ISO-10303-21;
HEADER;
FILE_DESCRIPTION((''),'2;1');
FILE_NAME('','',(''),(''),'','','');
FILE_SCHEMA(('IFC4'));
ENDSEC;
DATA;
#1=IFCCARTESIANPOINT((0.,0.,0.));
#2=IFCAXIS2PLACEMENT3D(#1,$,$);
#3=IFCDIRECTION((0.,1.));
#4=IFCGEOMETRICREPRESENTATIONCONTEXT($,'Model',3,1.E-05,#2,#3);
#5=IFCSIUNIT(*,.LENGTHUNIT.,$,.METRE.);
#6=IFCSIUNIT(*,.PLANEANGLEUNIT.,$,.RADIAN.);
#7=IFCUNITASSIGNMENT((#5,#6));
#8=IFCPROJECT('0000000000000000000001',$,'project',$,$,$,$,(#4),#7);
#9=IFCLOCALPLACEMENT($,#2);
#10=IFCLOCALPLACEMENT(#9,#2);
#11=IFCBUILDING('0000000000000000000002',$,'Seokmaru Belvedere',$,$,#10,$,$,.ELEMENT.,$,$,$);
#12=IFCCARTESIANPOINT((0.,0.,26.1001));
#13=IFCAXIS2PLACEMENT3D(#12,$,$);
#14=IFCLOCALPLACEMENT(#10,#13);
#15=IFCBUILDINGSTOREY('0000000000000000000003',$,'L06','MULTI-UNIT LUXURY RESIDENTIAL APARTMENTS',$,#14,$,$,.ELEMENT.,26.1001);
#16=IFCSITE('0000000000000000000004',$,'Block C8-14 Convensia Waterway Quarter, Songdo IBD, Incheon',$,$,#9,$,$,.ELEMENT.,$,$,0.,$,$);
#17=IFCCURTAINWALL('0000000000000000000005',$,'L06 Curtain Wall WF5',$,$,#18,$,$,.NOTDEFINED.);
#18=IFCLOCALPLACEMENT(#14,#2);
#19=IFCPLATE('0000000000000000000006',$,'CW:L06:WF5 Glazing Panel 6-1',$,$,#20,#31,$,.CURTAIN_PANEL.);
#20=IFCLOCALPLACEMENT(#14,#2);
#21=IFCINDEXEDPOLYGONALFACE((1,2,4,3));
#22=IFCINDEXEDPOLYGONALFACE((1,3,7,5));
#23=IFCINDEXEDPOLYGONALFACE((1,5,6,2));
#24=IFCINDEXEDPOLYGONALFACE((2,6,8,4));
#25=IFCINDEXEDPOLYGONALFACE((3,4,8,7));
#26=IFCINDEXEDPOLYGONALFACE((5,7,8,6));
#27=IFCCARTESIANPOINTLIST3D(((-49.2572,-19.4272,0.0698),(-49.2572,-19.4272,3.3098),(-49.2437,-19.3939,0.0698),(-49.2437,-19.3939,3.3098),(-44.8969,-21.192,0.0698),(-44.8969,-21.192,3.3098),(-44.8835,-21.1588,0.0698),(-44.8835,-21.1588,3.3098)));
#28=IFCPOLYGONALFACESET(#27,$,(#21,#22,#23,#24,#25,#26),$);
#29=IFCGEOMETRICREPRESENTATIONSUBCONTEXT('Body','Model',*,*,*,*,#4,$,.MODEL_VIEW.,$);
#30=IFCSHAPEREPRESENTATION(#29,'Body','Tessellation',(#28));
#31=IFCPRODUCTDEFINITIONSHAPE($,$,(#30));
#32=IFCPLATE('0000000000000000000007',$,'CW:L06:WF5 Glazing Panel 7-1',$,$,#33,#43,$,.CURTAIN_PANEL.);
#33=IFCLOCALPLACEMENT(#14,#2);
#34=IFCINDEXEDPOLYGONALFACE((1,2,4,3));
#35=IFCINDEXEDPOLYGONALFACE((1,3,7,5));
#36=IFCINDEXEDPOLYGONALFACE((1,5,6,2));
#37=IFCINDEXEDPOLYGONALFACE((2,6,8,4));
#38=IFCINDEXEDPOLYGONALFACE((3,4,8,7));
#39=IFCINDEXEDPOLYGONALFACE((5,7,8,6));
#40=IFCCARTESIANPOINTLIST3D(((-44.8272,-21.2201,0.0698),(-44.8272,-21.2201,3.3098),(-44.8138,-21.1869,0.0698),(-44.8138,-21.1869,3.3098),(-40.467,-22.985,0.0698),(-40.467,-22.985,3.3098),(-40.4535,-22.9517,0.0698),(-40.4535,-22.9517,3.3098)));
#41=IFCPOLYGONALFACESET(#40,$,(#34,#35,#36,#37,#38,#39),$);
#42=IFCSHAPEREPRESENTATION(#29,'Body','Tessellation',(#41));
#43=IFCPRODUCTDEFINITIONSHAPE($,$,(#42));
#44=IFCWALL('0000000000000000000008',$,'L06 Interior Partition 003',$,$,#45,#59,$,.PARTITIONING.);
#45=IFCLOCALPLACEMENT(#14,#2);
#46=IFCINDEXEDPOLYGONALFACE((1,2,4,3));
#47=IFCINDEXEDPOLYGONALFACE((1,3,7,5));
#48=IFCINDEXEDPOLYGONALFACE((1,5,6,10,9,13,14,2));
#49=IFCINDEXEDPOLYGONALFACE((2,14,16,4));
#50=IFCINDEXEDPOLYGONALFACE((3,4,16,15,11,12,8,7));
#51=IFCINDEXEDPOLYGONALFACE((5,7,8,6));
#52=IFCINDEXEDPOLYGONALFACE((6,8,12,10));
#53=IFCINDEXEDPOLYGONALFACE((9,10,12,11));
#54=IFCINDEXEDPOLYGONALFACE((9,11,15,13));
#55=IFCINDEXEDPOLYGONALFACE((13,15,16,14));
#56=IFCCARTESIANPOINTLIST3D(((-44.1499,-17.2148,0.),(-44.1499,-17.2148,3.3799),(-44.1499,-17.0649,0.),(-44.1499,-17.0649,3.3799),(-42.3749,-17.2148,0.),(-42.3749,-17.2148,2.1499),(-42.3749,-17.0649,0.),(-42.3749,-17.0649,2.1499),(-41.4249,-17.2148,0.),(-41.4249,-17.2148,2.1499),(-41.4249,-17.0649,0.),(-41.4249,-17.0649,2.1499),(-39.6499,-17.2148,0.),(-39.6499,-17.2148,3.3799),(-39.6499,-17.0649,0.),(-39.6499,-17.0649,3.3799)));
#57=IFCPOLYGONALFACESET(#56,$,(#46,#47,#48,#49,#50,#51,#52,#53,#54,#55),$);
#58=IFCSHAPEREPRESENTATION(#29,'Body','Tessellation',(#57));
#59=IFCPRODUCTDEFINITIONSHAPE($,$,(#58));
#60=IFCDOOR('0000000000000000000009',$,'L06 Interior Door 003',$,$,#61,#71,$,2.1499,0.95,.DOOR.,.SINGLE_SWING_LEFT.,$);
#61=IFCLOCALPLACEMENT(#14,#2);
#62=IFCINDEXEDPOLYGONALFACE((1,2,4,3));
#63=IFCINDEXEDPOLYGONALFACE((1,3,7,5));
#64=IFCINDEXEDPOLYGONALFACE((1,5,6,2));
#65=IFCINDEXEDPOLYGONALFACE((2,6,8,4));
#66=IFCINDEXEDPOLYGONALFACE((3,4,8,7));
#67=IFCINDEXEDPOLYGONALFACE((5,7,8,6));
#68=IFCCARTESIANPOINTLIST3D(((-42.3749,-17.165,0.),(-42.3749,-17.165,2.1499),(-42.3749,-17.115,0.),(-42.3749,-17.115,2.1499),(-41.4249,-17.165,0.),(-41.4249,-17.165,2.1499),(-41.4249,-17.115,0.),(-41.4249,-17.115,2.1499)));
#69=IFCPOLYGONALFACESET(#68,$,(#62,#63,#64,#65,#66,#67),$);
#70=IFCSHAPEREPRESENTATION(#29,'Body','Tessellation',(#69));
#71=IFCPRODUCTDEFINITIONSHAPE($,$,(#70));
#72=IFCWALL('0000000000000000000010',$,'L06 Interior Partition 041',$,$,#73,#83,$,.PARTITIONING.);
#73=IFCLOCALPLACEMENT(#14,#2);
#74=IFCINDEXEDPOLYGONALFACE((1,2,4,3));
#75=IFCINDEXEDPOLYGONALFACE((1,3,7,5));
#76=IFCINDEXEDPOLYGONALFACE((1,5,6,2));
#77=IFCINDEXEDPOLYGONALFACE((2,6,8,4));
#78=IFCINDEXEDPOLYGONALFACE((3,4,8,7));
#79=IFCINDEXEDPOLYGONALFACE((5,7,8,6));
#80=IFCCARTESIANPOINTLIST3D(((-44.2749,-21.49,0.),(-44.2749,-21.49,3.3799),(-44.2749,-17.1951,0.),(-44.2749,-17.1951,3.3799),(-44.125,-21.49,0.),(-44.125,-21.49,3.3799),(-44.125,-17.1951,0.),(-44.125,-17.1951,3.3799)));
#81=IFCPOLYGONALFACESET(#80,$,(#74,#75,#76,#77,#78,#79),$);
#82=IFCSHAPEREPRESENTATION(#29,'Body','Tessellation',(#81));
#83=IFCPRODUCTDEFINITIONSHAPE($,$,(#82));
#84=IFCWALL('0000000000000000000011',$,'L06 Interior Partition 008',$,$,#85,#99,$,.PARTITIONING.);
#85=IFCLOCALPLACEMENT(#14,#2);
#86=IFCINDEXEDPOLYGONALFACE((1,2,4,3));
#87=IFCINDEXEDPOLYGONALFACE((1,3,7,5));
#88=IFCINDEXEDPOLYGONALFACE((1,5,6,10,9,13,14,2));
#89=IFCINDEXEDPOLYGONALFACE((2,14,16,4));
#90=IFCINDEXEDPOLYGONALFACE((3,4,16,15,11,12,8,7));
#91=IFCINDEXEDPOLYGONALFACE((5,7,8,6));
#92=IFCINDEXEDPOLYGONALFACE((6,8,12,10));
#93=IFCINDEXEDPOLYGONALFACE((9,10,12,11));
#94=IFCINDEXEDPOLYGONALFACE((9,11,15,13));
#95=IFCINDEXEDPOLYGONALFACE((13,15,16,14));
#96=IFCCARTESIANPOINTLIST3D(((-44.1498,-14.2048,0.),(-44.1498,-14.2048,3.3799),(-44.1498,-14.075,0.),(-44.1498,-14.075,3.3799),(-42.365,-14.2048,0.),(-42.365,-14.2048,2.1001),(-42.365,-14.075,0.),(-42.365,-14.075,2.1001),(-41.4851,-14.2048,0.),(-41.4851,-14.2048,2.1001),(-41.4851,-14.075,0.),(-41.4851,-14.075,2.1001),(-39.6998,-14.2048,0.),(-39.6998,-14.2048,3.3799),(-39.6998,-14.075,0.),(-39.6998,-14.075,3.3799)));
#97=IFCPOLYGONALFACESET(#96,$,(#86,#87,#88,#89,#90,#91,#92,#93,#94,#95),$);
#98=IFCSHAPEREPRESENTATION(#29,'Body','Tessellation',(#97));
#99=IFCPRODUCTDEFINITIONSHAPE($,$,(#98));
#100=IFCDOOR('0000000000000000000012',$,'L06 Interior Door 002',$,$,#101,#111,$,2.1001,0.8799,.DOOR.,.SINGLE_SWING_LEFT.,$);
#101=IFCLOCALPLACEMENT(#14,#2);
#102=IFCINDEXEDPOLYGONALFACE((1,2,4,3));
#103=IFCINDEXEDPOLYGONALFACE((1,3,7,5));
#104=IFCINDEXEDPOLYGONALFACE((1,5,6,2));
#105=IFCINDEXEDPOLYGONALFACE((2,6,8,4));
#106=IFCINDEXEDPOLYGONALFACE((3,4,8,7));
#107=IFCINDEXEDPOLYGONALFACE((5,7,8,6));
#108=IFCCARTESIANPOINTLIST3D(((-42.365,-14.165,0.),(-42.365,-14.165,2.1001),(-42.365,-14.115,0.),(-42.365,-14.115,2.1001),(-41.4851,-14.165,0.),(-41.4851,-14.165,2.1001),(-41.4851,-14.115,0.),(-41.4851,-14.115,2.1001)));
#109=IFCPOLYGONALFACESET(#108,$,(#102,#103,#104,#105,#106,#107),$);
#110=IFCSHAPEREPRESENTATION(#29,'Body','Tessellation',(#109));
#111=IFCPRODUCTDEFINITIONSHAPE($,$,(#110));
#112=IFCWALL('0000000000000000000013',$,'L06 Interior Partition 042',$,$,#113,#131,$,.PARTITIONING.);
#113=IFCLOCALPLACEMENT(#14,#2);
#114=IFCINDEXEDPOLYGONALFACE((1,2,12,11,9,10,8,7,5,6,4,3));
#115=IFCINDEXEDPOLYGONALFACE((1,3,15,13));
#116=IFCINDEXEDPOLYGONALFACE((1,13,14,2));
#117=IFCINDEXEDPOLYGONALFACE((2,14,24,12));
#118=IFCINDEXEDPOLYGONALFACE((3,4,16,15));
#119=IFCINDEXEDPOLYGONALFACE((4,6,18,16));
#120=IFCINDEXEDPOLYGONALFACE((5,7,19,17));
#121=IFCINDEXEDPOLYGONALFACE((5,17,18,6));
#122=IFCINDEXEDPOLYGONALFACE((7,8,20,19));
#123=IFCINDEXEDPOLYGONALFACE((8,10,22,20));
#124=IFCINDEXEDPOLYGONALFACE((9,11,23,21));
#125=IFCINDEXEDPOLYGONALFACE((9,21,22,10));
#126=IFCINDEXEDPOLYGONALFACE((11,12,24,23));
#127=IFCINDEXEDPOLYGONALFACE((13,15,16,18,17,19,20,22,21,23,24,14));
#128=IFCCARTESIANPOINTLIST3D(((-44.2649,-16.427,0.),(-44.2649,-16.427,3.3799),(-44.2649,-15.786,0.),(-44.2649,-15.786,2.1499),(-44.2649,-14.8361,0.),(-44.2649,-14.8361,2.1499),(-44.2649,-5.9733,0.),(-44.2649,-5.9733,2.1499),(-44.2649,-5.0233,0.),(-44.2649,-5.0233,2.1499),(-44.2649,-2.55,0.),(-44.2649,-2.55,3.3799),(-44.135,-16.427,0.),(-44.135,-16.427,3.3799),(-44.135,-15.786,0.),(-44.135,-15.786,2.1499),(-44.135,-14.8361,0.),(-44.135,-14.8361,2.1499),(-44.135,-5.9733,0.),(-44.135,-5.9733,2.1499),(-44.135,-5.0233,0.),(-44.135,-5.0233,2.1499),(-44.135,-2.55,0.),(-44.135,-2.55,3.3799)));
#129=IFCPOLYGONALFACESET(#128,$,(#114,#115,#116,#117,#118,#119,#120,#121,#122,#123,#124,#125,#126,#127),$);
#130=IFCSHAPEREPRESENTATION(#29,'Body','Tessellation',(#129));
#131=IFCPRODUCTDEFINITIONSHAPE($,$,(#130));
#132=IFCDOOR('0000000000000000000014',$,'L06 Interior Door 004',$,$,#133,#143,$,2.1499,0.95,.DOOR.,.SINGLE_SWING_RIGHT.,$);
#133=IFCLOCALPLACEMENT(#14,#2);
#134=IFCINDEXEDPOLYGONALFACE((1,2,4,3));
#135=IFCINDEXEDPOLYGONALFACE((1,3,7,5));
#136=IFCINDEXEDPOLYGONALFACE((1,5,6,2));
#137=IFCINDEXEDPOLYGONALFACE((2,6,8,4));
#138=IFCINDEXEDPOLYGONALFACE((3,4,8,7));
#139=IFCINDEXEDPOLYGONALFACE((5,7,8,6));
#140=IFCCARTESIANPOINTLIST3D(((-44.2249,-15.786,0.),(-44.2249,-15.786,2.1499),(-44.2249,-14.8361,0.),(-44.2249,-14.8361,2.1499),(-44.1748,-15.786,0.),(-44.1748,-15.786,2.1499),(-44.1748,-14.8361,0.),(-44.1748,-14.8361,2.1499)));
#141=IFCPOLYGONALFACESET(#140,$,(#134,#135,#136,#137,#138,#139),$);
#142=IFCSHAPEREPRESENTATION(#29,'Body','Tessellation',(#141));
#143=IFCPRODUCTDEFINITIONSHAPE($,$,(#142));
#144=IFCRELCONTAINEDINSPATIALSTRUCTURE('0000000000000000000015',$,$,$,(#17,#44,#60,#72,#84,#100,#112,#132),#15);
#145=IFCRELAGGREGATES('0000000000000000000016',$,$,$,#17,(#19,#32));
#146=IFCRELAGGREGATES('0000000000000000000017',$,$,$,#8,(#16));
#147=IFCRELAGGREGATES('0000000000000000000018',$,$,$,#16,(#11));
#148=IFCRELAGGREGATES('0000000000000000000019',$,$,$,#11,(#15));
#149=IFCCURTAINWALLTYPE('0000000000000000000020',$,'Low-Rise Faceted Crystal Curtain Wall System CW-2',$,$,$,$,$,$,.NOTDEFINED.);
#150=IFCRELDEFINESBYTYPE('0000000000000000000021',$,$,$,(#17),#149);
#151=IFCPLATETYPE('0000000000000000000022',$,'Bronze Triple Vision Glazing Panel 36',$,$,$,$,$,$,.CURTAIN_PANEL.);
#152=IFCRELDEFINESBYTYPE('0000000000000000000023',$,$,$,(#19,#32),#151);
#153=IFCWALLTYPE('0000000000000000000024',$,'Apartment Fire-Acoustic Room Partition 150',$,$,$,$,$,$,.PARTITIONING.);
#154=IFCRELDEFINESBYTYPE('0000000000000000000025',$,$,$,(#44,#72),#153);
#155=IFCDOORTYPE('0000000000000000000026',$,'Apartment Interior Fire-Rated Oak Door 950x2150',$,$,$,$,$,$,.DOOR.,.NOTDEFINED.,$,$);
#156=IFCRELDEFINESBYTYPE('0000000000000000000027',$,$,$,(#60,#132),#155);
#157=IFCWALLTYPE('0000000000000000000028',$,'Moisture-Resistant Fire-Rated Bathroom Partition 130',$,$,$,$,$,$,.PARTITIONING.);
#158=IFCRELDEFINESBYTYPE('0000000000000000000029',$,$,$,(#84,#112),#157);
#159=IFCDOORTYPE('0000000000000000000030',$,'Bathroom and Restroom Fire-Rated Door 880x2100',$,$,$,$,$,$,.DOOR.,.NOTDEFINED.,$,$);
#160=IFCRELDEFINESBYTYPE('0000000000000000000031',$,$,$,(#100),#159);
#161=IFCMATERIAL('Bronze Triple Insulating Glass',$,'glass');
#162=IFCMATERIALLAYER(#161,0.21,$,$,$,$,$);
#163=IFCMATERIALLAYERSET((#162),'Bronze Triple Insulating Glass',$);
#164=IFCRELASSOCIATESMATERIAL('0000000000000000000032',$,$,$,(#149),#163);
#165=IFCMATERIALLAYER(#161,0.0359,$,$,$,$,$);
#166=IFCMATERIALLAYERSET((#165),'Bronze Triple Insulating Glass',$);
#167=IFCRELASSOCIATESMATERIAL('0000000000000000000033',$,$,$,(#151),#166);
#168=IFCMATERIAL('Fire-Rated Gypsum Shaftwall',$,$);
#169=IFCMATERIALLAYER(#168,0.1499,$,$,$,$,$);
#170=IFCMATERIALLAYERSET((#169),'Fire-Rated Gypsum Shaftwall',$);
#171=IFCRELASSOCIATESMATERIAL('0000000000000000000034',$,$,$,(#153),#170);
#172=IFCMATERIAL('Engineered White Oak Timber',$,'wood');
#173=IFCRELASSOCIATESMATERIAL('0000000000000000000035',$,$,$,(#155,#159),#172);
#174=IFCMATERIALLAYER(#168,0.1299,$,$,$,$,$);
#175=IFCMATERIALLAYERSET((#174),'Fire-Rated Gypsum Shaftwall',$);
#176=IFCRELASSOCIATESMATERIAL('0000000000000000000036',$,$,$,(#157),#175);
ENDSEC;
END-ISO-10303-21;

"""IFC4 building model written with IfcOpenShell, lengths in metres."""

from ifc_helpers import new_model, si_unit, direction, frame, frame_2d, origin, origin_2d, place, context, subcontext, project, spatial, rectangle, extrude, source, transform, mapped, material, layer, layer_set, type_object, type_shapes, element, fill, aggregate, save


model = new_model("IFC4")

# Units and contexts
model_context = context("Model", 3, precision=1e-05, world=origin(), true_north=direction((0.0, 1.0)))
body_context = subcontext(model_context, "Body", "Model", "MODEL_VIEW")
ifc_project = project(units=[si_unit("LENGTHUNIT", "METRE"), si_unit("PLANEANGLEUNIT", "RADIAN")], contexts=[model_context])

# Site, building, storey
site_placement = place(None, origin())
site = spatial("IfcSite", under=ifc_project, at=site_placement, Name="Block C8-14 Convensia Waterway Quarter, Songdo IBD, Incheon", CompositionType="ELEMENT", RefElevation=0.0)
building_placement = place(site_placement, origin())
building = spatial("IfcBuilding", under=site, at=building_placement, Name="Seokmaru Belvedere", CompositionType="ELEMENT")
storey_placement = place(building_placement, frame((0.0, 0.0, 26.1001)))
storey = spatial("IfcBuildingStorey", under=building, at=storey_placement, Name="L06", Description="MULTI-UNIT LUXURY RESIDENTIAL APARTMENTS", CompositionType="ELEMENT", Elevation=26.1001)

# Curtain wall, plates
ifc_material_1 = material(Name="Bronze Triple Insulating Glass", Category="glass")
ifc_layer_1 = layer(ifc_material_1, 0.21)
ifc_layer_set_1 = layer_set([ifc_layer_1], Name="Bronze Triple Insulating Glass")
curtain_wall_type = type_object("IfcCurtainWallType", Name="Low-Rise Faceted Crystal Curtain Wall System CW-2", PredefinedType="NOTDEFINED", material=ifc_layer_set_1)
curtain_wall_placement = place(storey_placement, origin())
curtain_wall = element("IfcCurtainWall", 1, at=curtain_wall_placement, inside=storey, type_object=curtain_wall_type, Name="L06 Curtain Wall WF5", PredefinedType="NOTDEFINED")
ifc_layer_2 = layer(ifc_material_1, 0.0359)
ifc_layer_set_2 = layer_set([ifc_layer_2], Name="Bronze Triple Insulating Glass")
plate_type = type_object("IfcPlateType", Name="Bronze Triple Vision Glazing Panel 36", PredefinedType="CURTAIN_PANEL", material=ifc_layer_set_2)
shared_shape_1 = source(origin(), body_context, "Body", "SweptSolid", [
    extrude(rectangle(XDim=4.7039, YDim=0.0359, at=origin_2d()), origin(), (0.0, 0.0, 1.0), 3.24),
])
type_shapes(plate_type, [shared_shape_1])
plate_1_placement = place(storey_placement, frame((-47.0703, -20.293, 0.0698), z_axis=(0.0, 0.0, 1.0), x_axis=(0.926947, -0.375192, 0.0)))
plate_1 = element("IfcPlate", 2, at=plate_1_placement, type_object=plate_type, Name="CW:L06:WF5 Glazing Panel 6-1", PredefinedType="CURTAIN_PANEL", context=body_context, shape_type="MappedRepresentation", body=[
    mapped(shared_shape_1, transform((0.0, 0.0, 0.0), scale=1.0)),
])
plate_2_placement = place(storey_placement, frame((-42.6404, -22.0859, 0.0698), z_axis=(0.0, 0.0, 1.0), x_axis=(0.926947, -0.375192, 0.0)))
plate_2 = element("IfcPlate", 3, at=plate_2_placement, type_object=plate_type, Name="CW:L06:WF5 Glazing Panel 7-1", PredefinedType="CURTAIN_PANEL", context=body_context, shape_type="MappedRepresentation", body=[
    mapped(shared_shape_1, transform((0.0, 0.0, 0.0), scale=1.0)),
])
aggregate(curtain_wall, [plate_1, plate_2])

# Wall, opening, door
ifc_material_2 = material(Name="Fire-Rated Gypsum Shaftwall")
ifc_layer_3 = layer(ifc_material_2, 0.1499)
ifc_layer_set_3 = layer_set([ifc_layer_3], Name="Fire-Rated Gypsum Shaftwall")
wall_type_1 = type_object("IfcWallType", Name="Apartment Fire-Acoustic Room Partition 150", PredefinedType="PARTITIONING", material=ifc_layer_set_3)
wall_1_placement = place(storey_placement, frame((-44.1499, -17.1399, 0.0), z_axis=(0.0, 0.0, 1.0), x_axis=(1.0, 0.0, 0.0)))
wall_1 = element("IfcWall", 4, at=wall_1_placement, inside=storey, type_object=wall_type_1, Name="L06 Interior Partition 003", PredefinedType="PARTITIONING", context=body_context, shape_type="SweptSolid", body=[
    extrude(rectangle(XDim=4.5, YDim=0.1499, at=frame_2d((2.25, 0.0))), origin(), (0.0, 0.0, 1.0), 3.3799),
])
opening_1_placement = place(wall_1_placement, frame((1.7749, 0.0, 0.0)))
opening_1 = element("IfcOpeningElement", 5, at=opening_1_placement, cuts=wall_1, PredefinedType="OPENING", context=body_context, shape_type="SweptSolid", body=[
    extrude(rectangle(XDim=0.95, YDim=2.1499, at=frame_2d((0.4751, 1.075))), frame((0.0, 0.085, 0.0), z_axis=(0.0, -1.0, 0.0), x_axis=(1.0, 0.0, 0.0)), (0.0, 0.0, 1.0), 0.1699),
])
ifc_material_3 = material(Name="Engineered White Oak Timber", Category="wood")
door_type_1 = type_object("IfcDoorType", Name="Apartment Interior Fire-Rated Oak Door 950x2150", OperationType="NOTDEFINED", PredefinedType="DOOR", material=ifc_material_3)
shared_shape_2 = source(origin(), body_context, "Body", "SweptSolid", [
    extrude(rectangle(XDim=0.95, YDim=2.1499, at=frame_2d((0.4751, 1.075))), frame((0.0, 0.0249, 0.0), z_axis=(0.0, -1.0, 0.0), x_axis=(1.0, 0.0, 0.0)), (0.0, 0.0, 1.0), 0.05),
])
type_shapes(door_type_1, [shared_shape_2])
door_1_placement = place(opening_1_placement, origin())
door_1 = element("IfcDoor", 6, at=door_1_placement, inside=storey, type_object=door_type_1, Name="L06 Interior Door 003", OperationType="SINGLE_SWING_LEFT", OverallHeight=2.1499, OverallWidth=0.95, PredefinedType="DOOR", context=body_context, shape_type="MappedRepresentation", body=[
    mapped(shared_shape_2, transform((0.0, 0.0, 0.0), scale=1.0)),
])
fill(opening_1, door_1)

# Wall
wall_2_placement = place(storey_placement, frame((-44.2, -21.49, 0.0), z_axis=(0.0, 0.0, 1.0), x_axis=(0.0, 1.0, 0.0)))
element("IfcWall", 7, at=wall_2_placement, inside=storey, type_object=wall_type_1, Name="L06 Interior Partition 041", PredefinedType="PARTITIONING", context=body_context, shape_type="SweptSolid", body=[
    extrude(rectangle(XDim=4.2949, YDim=0.1499, at=frame_2d((2.1475, 0.0))), origin(), (0.0, 0.0, 1.0), 3.3799),
])

# Wall, opening, door
ifc_layer_4 = layer(ifc_material_2, 0.1299)
ifc_layer_set_4 = layer_set([ifc_layer_4], Name="Fire-Rated Gypsum Shaftwall")
wall_type_2 = type_object("IfcWallType", Name="Moisture-Resistant Fire-Rated Bathroom Partition 130", PredefinedType="PARTITIONING", material=ifc_layer_set_4)
wall_3_placement = place(storey_placement, frame((-44.1499, -14.1399, 0.0), z_axis=(0.0, 0.0, 1.0), x_axis=(1.0, 0.0, 0.0)))
wall_3 = element("IfcWall", 8, at=wall_3_placement, inside=storey, type_object=wall_type_2, Name="L06 Interior Partition 008", PredefinedType="PARTITIONING", context=body_context, shape_type="SweptSolid", body=[
    extrude(rectangle(XDim=4.45, YDim=0.1299, at=frame_2d((2.2251, 0.0))), origin(), (0.0, 0.0, 1.0), 3.3799),
])
opening_2_placement = place(wall_3_placement, frame((1.7849, 0.0, 0.0)))
opening_2 = element("IfcOpeningElement", 9, at=opening_2_placement, cuts=wall_3, PredefinedType="OPENING", context=body_context, shape_type="SweptSolid", body=[
    extrude(rectangle(XDim=0.8799, YDim=2.1001, at=frame_2d((0.4399, 1.05))), frame((0.0, 0.075, 0.0), z_axis=(0.0, -1.0, 0.0), x_axis=(1.0, 0.0, 0.0)), (0.0, 0.0, 1.0), 0.1499),
])
door_type_2 = type_object("IfcDoorType", Name="Bathroom and Restroom Fire-Rated Door 880x2100", OperationType="NOTDEFINED", PredefinedType="DOOR", material=ifc_material_3)
shared_shape_3 = source(origin(), body_context, "Body", "SweptSolid", [
    extrude(rectangle(XDim=0.8799, YDim=2.1001, at=frame_2d((0.4399, 1.05))), frame((0.0, 0.0249, 0.0), z_axis=(0.0, -1.0, 0.0), x_axis=(1.0, 0.0, 0.0)), (0.0, 0.0, 1.0), 0.05),
])
type_shapes(door_type_2, [shared_shape_3])
door_2_placement = place(opening_2_placement, origin())
door_2 = element("IfcDoor", 10, at=door_2_placement, inside=storey, type_object=door_type_2, Name="L06 Interior Door 002", OperationType="SINGLE_SWING_LEFT", OverallHeight=2.1001, OverallWidth=0.8799, PredefinedType="DOOR", context=body_context, shape_type="MappedRepresentation", body=[
    mapped(shared_shape_3, transform((0.0, 0.0, 0.0), scale=1.0)),
])
fill(opening_2, door_2)

# Wall, openings, door
wall_4_placement = place(storey_placement, frame((-44.2, -16.427, 0.0), z_axis=(0.0, 0.0, 1.0), x_axis=(0.0, 1.0, 0.0)))
wall_4 = element("IfcWall", 11, at=wall_4_placement, inside=storey, type_object=wall_type_2, Name="L06 Interior Partition 042", PredefinedType="PARTITIONING", context=body_context, shape_type="SweptSolid", body=[
    extrude(rectangle(XDim=13.877, YDim=0.1299, at=frame_2d((6.9385, 0.0))), origin(), (0.0, 0.0, 1.0), 3.3799),
])
opening_3_placement = place(wall_4_placement, frame((0.6409, 0.0, 0.0)))
opening_3 = element("IfcOpeningElement", 12, at=opening_3_placement, cuts=wall_4, PredefinedType="OPENING", context=body_context, shape_type="SweptSolid", body=[
    extrude(rectangle(XDim=0.95, YDim=2.1499, at=frame_2d((0.4751, 1.075))), frame((0.0, 0.075, 0.0), z_axis=(0.0, -1.0, 0.0), x_axis=(1.0, 0.0, 0.0)), (0.0, 0.0, 1.0), 0.1499),
])
opening_4_placement = place(wall_4_placement, frame((10.4536, 0.0, 0.0)))
element("IfcOpeningElement", 13, at=opening_4_placement, cuts=wall_4, PredefinedType="OPENING", context=body_context, shape_type="SweptSolid", body=[
    extrude(rectangle(XDim=0.95, YDim=2.1499, at=frame_2d((0.4751, 1.075))), frame((0.0, 0.075, 0.0), z_axis=(0.0, -1.0, 0.0), x_axis=(1.0, 0.0, 0.0)), (0.0, 0.0, 1.0), 0.1499),
])
door_3_placement = place(opening_3_placement, origin())
door_3 = element("IfcDoor", 14, at=door_3_placement, inside=storey, type_object=door_type_1, Name="L06 Interior Door 004", OperationType="SINGLE_SWING_RIGHT", OverallHeight=2.1499, OverallWidth=0.95, PredefinedType="DOOR", context=body_context, shape_type="MappedRepresentation", body=[
    mapped(shared_shape_2, transform((0.0, 0.0, 0.0), scale=1.0)),
])
fill(opening_3, door_3)

save(model, "model.ifc")
